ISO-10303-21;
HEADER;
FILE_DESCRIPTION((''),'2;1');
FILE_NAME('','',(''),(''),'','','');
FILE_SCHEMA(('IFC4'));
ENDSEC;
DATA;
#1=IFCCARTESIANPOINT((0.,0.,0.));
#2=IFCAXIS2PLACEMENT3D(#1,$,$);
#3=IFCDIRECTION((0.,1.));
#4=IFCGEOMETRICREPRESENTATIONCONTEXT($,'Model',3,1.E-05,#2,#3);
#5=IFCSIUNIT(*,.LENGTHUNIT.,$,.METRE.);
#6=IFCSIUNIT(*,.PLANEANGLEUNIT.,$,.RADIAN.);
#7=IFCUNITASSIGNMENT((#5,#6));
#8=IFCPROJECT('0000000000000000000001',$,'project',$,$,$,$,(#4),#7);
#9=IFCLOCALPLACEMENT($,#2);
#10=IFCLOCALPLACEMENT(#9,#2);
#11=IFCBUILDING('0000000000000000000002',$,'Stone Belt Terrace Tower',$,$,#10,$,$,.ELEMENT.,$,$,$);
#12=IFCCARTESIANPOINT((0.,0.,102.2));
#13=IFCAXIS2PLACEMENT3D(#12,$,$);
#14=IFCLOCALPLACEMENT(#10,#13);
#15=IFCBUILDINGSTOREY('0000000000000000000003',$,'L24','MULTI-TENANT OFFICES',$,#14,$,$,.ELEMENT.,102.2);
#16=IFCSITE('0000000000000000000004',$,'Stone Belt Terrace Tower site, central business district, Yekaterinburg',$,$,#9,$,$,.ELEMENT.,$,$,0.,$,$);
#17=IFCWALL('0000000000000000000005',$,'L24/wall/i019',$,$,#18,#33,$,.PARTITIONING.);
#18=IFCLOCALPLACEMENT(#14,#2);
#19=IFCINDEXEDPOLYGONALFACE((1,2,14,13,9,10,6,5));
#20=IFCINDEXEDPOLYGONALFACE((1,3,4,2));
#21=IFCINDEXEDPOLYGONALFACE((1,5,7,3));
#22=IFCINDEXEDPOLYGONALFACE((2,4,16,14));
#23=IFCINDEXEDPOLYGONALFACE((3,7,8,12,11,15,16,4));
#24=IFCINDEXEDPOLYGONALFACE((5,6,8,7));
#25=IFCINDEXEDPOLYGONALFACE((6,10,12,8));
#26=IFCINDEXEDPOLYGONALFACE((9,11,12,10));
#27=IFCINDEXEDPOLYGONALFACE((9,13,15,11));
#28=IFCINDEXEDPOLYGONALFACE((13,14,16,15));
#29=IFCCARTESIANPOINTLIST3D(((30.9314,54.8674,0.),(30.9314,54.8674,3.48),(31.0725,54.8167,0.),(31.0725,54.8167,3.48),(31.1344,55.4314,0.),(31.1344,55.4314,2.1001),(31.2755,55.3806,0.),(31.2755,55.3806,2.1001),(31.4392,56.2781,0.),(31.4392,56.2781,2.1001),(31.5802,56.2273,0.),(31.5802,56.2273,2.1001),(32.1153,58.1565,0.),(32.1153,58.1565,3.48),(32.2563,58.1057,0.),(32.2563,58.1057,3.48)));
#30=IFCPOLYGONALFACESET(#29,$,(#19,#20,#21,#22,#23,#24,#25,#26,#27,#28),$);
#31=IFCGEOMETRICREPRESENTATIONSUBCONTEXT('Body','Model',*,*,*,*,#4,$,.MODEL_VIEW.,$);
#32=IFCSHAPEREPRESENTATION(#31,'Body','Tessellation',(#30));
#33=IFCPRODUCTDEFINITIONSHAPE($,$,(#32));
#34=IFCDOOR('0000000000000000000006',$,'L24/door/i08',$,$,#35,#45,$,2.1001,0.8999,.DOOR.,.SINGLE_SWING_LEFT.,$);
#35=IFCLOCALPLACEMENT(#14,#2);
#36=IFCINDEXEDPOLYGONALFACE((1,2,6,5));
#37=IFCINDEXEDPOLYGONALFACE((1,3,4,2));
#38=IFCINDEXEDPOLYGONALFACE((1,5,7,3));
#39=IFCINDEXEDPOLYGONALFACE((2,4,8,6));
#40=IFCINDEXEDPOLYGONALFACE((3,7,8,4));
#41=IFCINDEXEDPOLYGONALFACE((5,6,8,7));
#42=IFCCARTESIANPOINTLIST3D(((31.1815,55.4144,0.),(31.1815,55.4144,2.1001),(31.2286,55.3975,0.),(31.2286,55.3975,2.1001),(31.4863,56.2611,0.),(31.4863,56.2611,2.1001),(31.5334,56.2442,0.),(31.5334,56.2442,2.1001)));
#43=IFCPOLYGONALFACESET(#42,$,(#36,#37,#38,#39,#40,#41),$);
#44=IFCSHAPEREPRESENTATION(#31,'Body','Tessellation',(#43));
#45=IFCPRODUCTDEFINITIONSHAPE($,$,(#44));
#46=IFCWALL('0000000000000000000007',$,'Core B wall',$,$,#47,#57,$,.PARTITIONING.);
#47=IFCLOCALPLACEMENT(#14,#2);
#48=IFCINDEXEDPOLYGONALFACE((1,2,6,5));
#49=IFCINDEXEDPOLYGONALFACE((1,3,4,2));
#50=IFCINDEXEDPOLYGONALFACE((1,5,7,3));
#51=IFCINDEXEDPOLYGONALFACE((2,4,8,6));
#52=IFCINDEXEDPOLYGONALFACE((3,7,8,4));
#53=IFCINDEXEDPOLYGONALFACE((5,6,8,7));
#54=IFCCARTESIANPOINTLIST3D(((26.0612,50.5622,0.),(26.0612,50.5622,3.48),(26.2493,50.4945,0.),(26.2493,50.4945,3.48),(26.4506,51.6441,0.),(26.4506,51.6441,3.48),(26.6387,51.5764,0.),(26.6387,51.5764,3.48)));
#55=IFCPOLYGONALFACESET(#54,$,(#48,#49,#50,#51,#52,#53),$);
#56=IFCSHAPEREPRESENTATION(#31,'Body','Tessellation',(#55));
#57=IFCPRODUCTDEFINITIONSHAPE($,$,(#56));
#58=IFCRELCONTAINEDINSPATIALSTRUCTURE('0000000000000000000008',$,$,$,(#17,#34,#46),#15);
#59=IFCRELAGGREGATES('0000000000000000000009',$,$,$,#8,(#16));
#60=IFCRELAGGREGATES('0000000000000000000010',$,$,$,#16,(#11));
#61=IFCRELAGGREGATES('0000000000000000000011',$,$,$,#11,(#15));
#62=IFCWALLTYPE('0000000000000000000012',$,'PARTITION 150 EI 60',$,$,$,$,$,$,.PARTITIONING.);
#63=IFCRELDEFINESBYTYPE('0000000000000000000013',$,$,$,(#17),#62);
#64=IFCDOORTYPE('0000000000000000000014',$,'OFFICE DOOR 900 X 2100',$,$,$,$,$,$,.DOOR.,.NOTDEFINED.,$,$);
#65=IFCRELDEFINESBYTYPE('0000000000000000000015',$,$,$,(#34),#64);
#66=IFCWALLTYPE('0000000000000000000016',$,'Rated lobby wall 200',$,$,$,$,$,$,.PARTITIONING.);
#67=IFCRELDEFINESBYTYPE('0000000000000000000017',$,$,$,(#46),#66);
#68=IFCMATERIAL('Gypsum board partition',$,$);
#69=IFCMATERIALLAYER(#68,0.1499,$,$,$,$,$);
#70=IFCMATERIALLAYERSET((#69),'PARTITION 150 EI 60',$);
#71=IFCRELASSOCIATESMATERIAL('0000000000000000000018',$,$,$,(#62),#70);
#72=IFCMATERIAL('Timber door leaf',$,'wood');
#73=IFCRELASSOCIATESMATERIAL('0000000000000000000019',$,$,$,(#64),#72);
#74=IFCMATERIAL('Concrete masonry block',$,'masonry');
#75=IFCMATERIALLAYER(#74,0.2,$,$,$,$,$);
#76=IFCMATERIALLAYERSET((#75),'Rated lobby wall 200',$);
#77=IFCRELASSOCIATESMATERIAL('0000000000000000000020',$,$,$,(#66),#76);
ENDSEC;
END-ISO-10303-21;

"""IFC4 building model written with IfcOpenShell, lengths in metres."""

from ifc_helpers import new_model, si_unit, direction, frame, frame_2d, origin, place, context, subcontext, project, spatial, rectangle, extrude, material, layer, layer_set, type_object, element, fill, save


model = new_model("IFC4")

# Units and contexts
model_context = context("Model", 3, precision=1e-05, world=origin(), true_north=direction((0.0, 1.0)))
body_context = subcontext(model_context, "Body", "Model", "MODEL_VIEW")
ifc_project = project(units=[si_unit("LENGTHUNIT", "METRE"), si_unit("PLANEANGLEUNIT", "RADIAN")], contexts=[model_context])

# Site, building, storey
site_placement = place(None, origin())
site = spatial("IfcSite", under=ifc_project, at=site_placement, Name="Stone Belt Terrace Tower site, central business district, Yekaterinburg", CompositionType="ELEMENT", RefElevation=0.0)
building_placement = place(site_placement, origin())
building = spatial("IfcBuilding", under=site, at=building_placement, Name="Stone Belt Terrace Tower", CompositionType="ELEMENT")
storey_placement = place(building_placement, frame((0.0, 0.0, 102.2)))
storey = spatial("IfcBuildingStorey", under=building, at=storey_placement, Name="L24", Description="MULTI-TENANT OFFICES", CompositionType="ELEMENT", Elevation=102.2)

# Shared definitions
ifc_material_1 = material(Name="Timber door leaf", Category="wood")

# Wall, opening, door
ifc_material_2 = material(Name="Gypsum board partition")
ifc_layer_1 = layer(ifc_material_2, 0.1499)
ifc_layer_set_1 = layer_set([ifc_layer_1], Name="PARTITION 150 EI 60")
wall_type_1 = type_object("IfcWallType", Name="PARTITION 150 EI 60", PredefinedType="PARTITIONING", material=ifc_layer_set_1)
wall_1_placement = place(storey_placement, frame((31.002, 54.842, 0.0), z_axis=(0.0, 0.0, 1.0), x_axis=(0.338663, 0.940908, 0.0)))
wall_1 = element("IfcWall", 1, at=wall_1_placement, inside=storey, type_object=wall_type_1, Name="L24/wall/i019", PredefinedType="PARTITIONING", context=body_context, shape_type="SweptSolid", body=[
    extrude(rectangle(XDim=3.4956, YDim=0.1499, at=frame_2d((1.7478, 0.0))), origin(), (0.0, 0.0, 1.0), 3.48),
])
opening_1_placement = place(wall_1_placement, frame((0.5994, 0.0, 0.0)))
opening_1 = element("IfcOpeningElement", 2, at=opening_1_placement, cuts=wall_1, PredefinedType="OPENING", context=body_context, shape_type="SweptSolid", body=[
    extrude(rectangle(XDim=0.8999, YDim=2.1001, at=frame_2d((0.45, 1.05))), frame((0.0, 0.085, 0.0), z_axis=(0.0, -1.0, 0.0), x_axis=(1.0, 0.0, 0.0)), (0.0, 0.0, 1.0), 0.1699),
])
door_type_1 = type_object("IfcDoorType", Name="OFFICE DOOR 900 X 2100", OperationType="NOTDEFINED", PredefinedType="DOOR", material=ifc_material_1)
door_1_placement = place(opening_1_placement, origin())
door_1 = element("IfcDoor", 3, at=door_1_placement, inside=storey, type_object=door_type_1, Name="L24/door/i08", OperationType="SINGLE_SWING_LEFT", OverallHeight=2.1001, OverallWidth=0.8999, PredefinedType="DOOR", context=body_context, shape_type="SweptSolid", body=[
    extrude(rectangle(XDim=0.8999, YDim=2.1001, at=frame_2d((0.45, 1.05))), frame((0.0, 0.0249, 0.0), z_axis=(0.0, -1.0, 0.0), x_axis=(1.0, 0.0, 0.0)), (0.0, 0.0, 1.0), 0.05),
])
fill(opening_1, door_1)

# Wall
ifc_material_3 = material(Name="Concrete masonry block", Category="masonry")
ifc_layer_2 = layer(ifc_material_3, 0.2)
ifc_layer_set_2 = layer_set([ifc_layer_2], Name="Rated lobby wall 200")
wall_type_2 = type_object("IfcWallType", Name="Rated lobby wall 200", PredefinedType="PARTITIONING", material=ifc_layer_set_2)
wall_2_placement = place(storey_placement, frame((26.1553, 50.5283, 0.0), z_axis=(0.0, 0.0, 1.0), x_axis=(0.338622, 0.940923, 0.0)))
element("IfcWall", 4, at=wall_2_placement, inside=storey, type_object=wall_type_2, Name="Core B wall", PredefinedType="PARTITIONING", context=body_context, shape_type="SweptSolid", body=[
    extrude(rectangle(XDim=1.1499, YDim=0.2, at=frame_2d((0.575, 0.0))), origin(), (0.0, 0.0, 1.0), 3.48),
])

save(model, "model.ifc")
